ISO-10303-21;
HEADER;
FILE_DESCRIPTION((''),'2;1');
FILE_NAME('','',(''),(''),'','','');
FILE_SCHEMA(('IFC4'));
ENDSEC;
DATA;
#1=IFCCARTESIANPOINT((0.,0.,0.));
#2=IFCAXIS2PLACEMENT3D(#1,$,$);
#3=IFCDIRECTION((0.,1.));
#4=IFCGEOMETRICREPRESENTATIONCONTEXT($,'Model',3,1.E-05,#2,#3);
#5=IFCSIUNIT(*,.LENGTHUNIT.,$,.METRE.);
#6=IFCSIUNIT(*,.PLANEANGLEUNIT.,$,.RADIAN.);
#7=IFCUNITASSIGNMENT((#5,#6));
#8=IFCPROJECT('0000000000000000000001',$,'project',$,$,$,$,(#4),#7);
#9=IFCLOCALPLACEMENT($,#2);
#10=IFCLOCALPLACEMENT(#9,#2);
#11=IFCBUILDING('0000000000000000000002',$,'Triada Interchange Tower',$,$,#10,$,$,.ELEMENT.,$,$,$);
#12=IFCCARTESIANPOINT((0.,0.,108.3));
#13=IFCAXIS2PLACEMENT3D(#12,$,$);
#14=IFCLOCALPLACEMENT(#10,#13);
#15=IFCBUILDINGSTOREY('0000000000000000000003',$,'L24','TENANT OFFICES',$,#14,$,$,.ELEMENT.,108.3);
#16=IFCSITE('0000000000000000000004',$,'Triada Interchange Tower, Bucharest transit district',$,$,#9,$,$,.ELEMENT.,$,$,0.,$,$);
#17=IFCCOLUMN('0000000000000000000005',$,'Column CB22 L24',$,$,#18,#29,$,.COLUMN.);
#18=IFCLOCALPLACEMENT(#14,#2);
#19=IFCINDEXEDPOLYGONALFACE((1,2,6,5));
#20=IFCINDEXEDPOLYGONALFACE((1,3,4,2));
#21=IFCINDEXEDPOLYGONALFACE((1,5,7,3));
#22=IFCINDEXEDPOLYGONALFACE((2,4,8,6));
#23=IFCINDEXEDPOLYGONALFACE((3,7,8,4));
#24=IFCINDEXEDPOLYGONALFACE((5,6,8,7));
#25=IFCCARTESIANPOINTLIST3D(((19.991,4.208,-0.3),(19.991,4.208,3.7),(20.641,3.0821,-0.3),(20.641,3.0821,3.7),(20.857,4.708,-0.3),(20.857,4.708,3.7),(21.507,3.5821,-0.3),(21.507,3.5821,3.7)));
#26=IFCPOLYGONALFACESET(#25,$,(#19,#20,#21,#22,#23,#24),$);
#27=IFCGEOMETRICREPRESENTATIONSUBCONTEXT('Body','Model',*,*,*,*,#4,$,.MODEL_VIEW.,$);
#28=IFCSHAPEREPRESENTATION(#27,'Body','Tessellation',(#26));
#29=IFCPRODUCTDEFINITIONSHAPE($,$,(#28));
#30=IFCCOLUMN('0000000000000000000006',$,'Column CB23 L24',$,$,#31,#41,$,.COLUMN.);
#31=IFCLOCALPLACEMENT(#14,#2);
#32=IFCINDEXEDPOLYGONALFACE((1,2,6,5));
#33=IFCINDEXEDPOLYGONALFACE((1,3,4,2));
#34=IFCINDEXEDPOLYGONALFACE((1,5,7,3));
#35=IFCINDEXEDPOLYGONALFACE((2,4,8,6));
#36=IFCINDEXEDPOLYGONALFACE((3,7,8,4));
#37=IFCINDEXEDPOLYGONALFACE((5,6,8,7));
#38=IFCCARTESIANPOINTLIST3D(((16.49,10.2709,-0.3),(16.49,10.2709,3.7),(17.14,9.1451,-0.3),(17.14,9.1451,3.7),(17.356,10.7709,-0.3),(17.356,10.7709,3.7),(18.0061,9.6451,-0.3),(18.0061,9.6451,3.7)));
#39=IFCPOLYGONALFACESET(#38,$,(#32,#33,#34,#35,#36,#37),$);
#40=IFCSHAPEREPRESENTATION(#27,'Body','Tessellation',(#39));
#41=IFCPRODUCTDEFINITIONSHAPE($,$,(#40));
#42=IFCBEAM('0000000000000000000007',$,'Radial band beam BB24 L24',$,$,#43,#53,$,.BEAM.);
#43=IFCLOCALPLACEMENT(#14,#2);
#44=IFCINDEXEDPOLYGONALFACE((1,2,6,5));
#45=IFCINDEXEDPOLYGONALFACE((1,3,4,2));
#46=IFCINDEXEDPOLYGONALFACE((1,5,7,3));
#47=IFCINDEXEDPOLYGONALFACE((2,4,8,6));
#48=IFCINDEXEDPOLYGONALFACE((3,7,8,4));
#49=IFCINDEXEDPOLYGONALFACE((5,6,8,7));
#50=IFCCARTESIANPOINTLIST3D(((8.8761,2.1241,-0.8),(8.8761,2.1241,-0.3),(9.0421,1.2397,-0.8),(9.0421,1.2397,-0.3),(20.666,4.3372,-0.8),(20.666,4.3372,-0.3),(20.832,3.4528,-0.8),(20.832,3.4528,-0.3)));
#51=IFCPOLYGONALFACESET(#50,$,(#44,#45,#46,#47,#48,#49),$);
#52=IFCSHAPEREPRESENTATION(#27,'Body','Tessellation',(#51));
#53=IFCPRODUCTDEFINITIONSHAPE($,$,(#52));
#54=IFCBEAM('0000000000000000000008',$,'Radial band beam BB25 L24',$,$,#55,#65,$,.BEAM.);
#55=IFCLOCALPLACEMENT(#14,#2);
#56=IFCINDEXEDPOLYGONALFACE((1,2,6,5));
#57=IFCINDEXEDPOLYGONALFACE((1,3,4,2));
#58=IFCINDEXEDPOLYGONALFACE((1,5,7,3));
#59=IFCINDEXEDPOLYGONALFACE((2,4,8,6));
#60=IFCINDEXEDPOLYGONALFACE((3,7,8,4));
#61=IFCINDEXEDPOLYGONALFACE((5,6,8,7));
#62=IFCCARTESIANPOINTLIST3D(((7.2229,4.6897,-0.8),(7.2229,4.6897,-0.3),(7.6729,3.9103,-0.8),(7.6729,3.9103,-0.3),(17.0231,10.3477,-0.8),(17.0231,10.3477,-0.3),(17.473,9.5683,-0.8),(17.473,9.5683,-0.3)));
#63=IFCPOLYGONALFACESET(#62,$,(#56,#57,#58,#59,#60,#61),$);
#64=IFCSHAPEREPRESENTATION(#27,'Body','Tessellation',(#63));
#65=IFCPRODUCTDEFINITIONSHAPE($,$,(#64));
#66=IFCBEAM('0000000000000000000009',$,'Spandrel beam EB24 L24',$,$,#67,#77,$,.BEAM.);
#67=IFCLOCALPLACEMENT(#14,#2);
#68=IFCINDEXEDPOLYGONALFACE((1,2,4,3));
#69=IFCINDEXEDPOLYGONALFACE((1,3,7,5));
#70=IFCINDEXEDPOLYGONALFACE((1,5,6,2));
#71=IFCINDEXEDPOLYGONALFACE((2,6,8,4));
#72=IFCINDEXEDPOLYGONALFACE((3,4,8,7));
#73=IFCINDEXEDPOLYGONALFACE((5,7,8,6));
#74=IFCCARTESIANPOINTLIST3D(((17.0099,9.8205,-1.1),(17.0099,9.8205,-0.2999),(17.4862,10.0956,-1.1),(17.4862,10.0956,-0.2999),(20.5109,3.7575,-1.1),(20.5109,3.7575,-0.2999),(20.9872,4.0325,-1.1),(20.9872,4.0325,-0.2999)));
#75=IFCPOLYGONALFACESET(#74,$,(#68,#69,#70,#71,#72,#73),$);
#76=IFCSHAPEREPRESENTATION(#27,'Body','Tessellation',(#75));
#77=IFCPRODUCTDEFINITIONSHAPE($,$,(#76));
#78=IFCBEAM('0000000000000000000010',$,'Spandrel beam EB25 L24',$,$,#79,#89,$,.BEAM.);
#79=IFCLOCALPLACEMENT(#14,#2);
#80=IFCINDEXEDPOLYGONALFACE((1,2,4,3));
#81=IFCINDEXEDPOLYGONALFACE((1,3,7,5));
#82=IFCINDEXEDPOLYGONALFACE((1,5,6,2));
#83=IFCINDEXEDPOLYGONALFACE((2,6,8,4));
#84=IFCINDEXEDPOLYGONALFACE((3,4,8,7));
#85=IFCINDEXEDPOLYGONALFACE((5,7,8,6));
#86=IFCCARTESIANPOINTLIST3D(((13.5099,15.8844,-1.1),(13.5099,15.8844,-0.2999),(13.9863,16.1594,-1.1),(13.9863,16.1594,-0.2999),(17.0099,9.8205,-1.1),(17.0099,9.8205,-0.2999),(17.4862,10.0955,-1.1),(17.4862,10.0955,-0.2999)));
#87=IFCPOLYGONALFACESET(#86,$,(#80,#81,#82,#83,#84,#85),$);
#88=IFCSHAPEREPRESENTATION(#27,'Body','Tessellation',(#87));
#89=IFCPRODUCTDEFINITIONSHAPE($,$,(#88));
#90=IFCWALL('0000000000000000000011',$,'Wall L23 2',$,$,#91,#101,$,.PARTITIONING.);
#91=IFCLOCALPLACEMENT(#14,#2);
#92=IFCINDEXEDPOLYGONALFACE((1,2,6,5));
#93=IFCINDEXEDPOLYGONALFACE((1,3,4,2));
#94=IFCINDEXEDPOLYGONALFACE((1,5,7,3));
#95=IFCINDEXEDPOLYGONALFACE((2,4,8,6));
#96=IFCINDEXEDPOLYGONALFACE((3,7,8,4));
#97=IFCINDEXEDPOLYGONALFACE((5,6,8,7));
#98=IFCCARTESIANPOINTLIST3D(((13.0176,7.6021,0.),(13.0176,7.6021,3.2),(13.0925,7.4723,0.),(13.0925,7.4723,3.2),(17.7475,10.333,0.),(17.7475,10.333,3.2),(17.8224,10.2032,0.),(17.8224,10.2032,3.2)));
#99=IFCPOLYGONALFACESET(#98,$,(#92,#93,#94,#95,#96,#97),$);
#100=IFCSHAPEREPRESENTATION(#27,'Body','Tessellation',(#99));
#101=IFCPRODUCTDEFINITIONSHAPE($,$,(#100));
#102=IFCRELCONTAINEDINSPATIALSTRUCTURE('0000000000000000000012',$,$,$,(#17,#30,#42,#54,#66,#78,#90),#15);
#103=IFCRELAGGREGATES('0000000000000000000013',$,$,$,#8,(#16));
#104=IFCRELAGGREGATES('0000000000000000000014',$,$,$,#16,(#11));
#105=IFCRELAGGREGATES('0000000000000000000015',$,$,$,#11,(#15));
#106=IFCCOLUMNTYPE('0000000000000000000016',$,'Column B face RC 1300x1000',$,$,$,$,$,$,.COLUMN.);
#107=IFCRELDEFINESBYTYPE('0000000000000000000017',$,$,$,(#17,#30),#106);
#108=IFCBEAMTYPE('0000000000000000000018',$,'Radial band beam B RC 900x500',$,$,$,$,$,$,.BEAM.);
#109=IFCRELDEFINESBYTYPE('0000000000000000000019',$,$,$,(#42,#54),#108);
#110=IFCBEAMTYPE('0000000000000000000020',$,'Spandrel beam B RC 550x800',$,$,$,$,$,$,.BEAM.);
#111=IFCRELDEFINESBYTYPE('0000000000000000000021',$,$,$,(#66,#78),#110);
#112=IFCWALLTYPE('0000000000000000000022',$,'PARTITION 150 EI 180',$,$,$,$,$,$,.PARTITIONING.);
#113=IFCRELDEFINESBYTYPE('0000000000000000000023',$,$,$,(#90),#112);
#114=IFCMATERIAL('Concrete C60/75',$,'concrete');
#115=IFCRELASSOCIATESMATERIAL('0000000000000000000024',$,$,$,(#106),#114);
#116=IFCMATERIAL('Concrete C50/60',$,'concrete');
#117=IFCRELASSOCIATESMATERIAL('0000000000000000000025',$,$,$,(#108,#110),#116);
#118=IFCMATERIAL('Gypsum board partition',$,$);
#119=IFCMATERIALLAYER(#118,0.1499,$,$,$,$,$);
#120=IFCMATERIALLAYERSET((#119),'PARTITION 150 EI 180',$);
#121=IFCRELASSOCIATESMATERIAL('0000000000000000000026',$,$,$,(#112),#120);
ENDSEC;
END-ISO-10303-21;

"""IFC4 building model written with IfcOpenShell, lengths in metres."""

from ifc_helpers import new_model, si_unit, direction, frame, frame_2d, origin, origin_2d, place, context, subcontext, project, spatial, rectangle, extrude, material, layer, layer_set, material_profile, profile_set, type_object, element, save


model = new_model("IFC4")

# Units and contexts
model_context = context("Model", 3, precision=1e-05, world=origin(), true_north=direction((0.0, 1.0)))
body_context = subcontext(model_context, "Body", "Model", "MODEL_VIEW")
ifc_project = project(units=[si_unit("LENGTHUNIT", "METRE"), si_unit("PLANEANGLEUNIT", "RADIAN")], contexts=[model_context])

# Site, building, storey
site_placement = place(None, origin())
site = spatial("IfcSite", under=ifc_project, at=site_placement, Name="Triada Interchange Tower, Bucharest transit district", CompositionType="ELEMENT", RefElevation=0.0)
building_placement = place(site_placement, origin())
building = spatial("IfcBuilding", under=site, at=building_placement, Name="Triada Interchange Tower", CompositionType="ELEMENT")
storey_placement = place(building_placement, frame((0.0, 0.0, 108.3)))
storey = spatial("IfcBuildingStorey", under=building, at=storey_placement, Name="L24", Description="TENANT OFFICES", CompositionType="ELEMENT", Elevation=108.3)

# Columns
ifc_material_1 = material(Name="Concrete C60/75", Category="concrete")
ifc_material_profile_1 = material_profile(ifc_material_1, rectangle(XDim=1.3, YDim=1.0, at=origin_2d()), Name="RC 1300x1000")
ifc_profile_set_1 = profile_set([ifc_material_profile_1], Name="Concrete C60/75")
column_type = type_object("IfcColumnType", Name="Column B face RC 1300x1000", PredefinedType="COLUMN", material=ifc_profile_set_1)
for number, where, z_axis, x_axis, name in (
    (1, (20.749, 3.895, -0.3), (0.0, 0.0, 1.0), (-0.5, 0.866025, 0.0), "Column CB22 L24"),
    (2, (17.248, 9.958, -0.3), (0.0, 0.0, 1.0), (-0.5, 0.866025, 0.0), "Column CB23 L24"),
):
    element("IfcColumn", number, at=place(storey_placement, frame(where, z_axis=z_axis, x_axis=x_axis)), inside=storey, type_object=column_type, Name=name, PredefinedType="COLUMN", context=body_context, shape_type="SweptSolid", body=[
        extrude(rectangle(XDim=1.3, YDim=1.0, at=origin_2d()), origin(), (0.0, 0.0, 1.0), 4.0),
    ])

# Beams
ifc_material_2 = material(Name="Concrete C50/60", Category="concrete")
ifc_material_profile_2 = material_profile(ifc_material_2, rectangle(XDim=0.8999, YDim=0.5, at=origin_2d()), Name="RC 900x500")
ifc_profile_set_2 = profile_set([ifc_material_profile_2], Name="Concrete C50/60")
beam_type_1 = type_object("IfcBeamType", Name="Radial band beam B RC 900x500", PredefinedType="BEAM", material=ifc_profile_set_2)
beam_1_placement = place(storey_placement, frame((20.749, 3.895, -0.55), z_axis=(-0.982834, -0.18449, 0.0), x_axis=(0.18449, -0.982834, 0.0)))
element("IfcBeam", 3, at=beam_1_placement, inside=storey, type_object=beam_type_1, Name="Radial band beam BB24 L24", PredefinedType="BEAM", context=body_context, shape_type="SweptSolid", body=[
    extrude(rectangle(XDim=0.8999, YDim=0.5, at=origin_2d()), origin(), (0.0, 0.0, 1.0), 11.9958),
])
beam_2_placement = place(storey_placement, frame((17.248, 9.958, -0.55), z_axis=(-0.866029, -0.499993, 0.0), x_axis=(0.499993, -0.866029, 0.0)))
element("IfcBeam", 4, at=beam_2_placement, inside=storey, type_object=beam_type_1, Name="Radial band beam BB25 L24", PredefinedType="BEAM", context=body_context, shape_type="SweptSolid", body=[
    extrude(rectangle(XDim=0.8999, YDim=0.5, at=origin_2d()), origin(), (0.0, 0.0, 1.0), 11.3162),
])
ifc_material_profile_3 = material_profile(ifc_material_2, rectangle(XDim=0.55, YDim=0.8, at=origin_2d()), Name="RC 550x800")
ifc_profile_set_3 = profile_set([ifc_material_profile_3], Name="Concrete C50/60")
beam_type_2 = type_object("IfcBeamType", Name="Spandrel beam B RC 550x800", PredefinedType="BEAM", material=ifc_profile_set_3)
beam_3_placement = place(storey_placement, frame((20.749, 3.895, -0.7), z_axis=(-0.500054, 0.865994, 0.0), x_axis=(-0.865994, -0.500054, 0.0)))
element("IfcBeam", 5, at=beam_3_placement, inside=storey, type_object=beam_type_2, Name="Spandrel beam EB24 L24", PredefinedType="BEAM", context=body_context, shape_type="SweptSolid", body=[
    extrude(rectangle(XDim=0.55, YDim=0.8, at=origin_2d()), origin(), (0.0, 0.0, 1.0), 7.0012),
])
beam_4_placement = place(storey_placement, frame((17.248, 9.958, -0.7), z_axis=(-0.499889, 0.866089, 0.0), x_axis=(-0.866089, -0.499889, 0.0)))
element("IfcBeam", 6, at=beam_4_placement, inside=storey, type_object=beam_type_2, Name="Spandrel beam EB25 L24", PredefinedType="BEAM", context=body_context, shape_type="SweptSolid", body=[
    extrude(rectangle(XDim=0.55, YDim=0.8, at=origin_2d()), origin(), (0.0, 0.0, 1.0), 7.0015),
])

# Wall
ifc_material_3 = material(Name="Gypsum board partition")
ifc_layer_1 = layer(ifc_material_3, 0.1499)
ifc_layer_set_1 = layer_set([ifc_layer_1], Name="PARTITION 150 EI 180")
wall_type = type_object("IfcWallType", Name="PARTITION 150 EI 180", PredefinedType="PARTITIONING", material=ifc_layer_set_1)
wall_1_placement = place(storey_placement, frame((13.0549, 7.5371, 0.0), z_axis=(0.0, 0.0, 1.0), x_axis=(0.866017, 0.500014, 0.0)))
element("IfcWall", 7, at=wall_1_placement, inside=storey, type_object=wall_type, Name="Wall L23 2", PredefinedType="PARTITIONING", context=body_context, shape_type="SweptSolid", body=[
    extrude(rectangle(XDim=5.4617, YDim=0.1499, at=frame_2d((2.731, 0.0))), origin(), (0.0, 0.0, 1.0), 3.2),
])

save(model, "model.ifc")
